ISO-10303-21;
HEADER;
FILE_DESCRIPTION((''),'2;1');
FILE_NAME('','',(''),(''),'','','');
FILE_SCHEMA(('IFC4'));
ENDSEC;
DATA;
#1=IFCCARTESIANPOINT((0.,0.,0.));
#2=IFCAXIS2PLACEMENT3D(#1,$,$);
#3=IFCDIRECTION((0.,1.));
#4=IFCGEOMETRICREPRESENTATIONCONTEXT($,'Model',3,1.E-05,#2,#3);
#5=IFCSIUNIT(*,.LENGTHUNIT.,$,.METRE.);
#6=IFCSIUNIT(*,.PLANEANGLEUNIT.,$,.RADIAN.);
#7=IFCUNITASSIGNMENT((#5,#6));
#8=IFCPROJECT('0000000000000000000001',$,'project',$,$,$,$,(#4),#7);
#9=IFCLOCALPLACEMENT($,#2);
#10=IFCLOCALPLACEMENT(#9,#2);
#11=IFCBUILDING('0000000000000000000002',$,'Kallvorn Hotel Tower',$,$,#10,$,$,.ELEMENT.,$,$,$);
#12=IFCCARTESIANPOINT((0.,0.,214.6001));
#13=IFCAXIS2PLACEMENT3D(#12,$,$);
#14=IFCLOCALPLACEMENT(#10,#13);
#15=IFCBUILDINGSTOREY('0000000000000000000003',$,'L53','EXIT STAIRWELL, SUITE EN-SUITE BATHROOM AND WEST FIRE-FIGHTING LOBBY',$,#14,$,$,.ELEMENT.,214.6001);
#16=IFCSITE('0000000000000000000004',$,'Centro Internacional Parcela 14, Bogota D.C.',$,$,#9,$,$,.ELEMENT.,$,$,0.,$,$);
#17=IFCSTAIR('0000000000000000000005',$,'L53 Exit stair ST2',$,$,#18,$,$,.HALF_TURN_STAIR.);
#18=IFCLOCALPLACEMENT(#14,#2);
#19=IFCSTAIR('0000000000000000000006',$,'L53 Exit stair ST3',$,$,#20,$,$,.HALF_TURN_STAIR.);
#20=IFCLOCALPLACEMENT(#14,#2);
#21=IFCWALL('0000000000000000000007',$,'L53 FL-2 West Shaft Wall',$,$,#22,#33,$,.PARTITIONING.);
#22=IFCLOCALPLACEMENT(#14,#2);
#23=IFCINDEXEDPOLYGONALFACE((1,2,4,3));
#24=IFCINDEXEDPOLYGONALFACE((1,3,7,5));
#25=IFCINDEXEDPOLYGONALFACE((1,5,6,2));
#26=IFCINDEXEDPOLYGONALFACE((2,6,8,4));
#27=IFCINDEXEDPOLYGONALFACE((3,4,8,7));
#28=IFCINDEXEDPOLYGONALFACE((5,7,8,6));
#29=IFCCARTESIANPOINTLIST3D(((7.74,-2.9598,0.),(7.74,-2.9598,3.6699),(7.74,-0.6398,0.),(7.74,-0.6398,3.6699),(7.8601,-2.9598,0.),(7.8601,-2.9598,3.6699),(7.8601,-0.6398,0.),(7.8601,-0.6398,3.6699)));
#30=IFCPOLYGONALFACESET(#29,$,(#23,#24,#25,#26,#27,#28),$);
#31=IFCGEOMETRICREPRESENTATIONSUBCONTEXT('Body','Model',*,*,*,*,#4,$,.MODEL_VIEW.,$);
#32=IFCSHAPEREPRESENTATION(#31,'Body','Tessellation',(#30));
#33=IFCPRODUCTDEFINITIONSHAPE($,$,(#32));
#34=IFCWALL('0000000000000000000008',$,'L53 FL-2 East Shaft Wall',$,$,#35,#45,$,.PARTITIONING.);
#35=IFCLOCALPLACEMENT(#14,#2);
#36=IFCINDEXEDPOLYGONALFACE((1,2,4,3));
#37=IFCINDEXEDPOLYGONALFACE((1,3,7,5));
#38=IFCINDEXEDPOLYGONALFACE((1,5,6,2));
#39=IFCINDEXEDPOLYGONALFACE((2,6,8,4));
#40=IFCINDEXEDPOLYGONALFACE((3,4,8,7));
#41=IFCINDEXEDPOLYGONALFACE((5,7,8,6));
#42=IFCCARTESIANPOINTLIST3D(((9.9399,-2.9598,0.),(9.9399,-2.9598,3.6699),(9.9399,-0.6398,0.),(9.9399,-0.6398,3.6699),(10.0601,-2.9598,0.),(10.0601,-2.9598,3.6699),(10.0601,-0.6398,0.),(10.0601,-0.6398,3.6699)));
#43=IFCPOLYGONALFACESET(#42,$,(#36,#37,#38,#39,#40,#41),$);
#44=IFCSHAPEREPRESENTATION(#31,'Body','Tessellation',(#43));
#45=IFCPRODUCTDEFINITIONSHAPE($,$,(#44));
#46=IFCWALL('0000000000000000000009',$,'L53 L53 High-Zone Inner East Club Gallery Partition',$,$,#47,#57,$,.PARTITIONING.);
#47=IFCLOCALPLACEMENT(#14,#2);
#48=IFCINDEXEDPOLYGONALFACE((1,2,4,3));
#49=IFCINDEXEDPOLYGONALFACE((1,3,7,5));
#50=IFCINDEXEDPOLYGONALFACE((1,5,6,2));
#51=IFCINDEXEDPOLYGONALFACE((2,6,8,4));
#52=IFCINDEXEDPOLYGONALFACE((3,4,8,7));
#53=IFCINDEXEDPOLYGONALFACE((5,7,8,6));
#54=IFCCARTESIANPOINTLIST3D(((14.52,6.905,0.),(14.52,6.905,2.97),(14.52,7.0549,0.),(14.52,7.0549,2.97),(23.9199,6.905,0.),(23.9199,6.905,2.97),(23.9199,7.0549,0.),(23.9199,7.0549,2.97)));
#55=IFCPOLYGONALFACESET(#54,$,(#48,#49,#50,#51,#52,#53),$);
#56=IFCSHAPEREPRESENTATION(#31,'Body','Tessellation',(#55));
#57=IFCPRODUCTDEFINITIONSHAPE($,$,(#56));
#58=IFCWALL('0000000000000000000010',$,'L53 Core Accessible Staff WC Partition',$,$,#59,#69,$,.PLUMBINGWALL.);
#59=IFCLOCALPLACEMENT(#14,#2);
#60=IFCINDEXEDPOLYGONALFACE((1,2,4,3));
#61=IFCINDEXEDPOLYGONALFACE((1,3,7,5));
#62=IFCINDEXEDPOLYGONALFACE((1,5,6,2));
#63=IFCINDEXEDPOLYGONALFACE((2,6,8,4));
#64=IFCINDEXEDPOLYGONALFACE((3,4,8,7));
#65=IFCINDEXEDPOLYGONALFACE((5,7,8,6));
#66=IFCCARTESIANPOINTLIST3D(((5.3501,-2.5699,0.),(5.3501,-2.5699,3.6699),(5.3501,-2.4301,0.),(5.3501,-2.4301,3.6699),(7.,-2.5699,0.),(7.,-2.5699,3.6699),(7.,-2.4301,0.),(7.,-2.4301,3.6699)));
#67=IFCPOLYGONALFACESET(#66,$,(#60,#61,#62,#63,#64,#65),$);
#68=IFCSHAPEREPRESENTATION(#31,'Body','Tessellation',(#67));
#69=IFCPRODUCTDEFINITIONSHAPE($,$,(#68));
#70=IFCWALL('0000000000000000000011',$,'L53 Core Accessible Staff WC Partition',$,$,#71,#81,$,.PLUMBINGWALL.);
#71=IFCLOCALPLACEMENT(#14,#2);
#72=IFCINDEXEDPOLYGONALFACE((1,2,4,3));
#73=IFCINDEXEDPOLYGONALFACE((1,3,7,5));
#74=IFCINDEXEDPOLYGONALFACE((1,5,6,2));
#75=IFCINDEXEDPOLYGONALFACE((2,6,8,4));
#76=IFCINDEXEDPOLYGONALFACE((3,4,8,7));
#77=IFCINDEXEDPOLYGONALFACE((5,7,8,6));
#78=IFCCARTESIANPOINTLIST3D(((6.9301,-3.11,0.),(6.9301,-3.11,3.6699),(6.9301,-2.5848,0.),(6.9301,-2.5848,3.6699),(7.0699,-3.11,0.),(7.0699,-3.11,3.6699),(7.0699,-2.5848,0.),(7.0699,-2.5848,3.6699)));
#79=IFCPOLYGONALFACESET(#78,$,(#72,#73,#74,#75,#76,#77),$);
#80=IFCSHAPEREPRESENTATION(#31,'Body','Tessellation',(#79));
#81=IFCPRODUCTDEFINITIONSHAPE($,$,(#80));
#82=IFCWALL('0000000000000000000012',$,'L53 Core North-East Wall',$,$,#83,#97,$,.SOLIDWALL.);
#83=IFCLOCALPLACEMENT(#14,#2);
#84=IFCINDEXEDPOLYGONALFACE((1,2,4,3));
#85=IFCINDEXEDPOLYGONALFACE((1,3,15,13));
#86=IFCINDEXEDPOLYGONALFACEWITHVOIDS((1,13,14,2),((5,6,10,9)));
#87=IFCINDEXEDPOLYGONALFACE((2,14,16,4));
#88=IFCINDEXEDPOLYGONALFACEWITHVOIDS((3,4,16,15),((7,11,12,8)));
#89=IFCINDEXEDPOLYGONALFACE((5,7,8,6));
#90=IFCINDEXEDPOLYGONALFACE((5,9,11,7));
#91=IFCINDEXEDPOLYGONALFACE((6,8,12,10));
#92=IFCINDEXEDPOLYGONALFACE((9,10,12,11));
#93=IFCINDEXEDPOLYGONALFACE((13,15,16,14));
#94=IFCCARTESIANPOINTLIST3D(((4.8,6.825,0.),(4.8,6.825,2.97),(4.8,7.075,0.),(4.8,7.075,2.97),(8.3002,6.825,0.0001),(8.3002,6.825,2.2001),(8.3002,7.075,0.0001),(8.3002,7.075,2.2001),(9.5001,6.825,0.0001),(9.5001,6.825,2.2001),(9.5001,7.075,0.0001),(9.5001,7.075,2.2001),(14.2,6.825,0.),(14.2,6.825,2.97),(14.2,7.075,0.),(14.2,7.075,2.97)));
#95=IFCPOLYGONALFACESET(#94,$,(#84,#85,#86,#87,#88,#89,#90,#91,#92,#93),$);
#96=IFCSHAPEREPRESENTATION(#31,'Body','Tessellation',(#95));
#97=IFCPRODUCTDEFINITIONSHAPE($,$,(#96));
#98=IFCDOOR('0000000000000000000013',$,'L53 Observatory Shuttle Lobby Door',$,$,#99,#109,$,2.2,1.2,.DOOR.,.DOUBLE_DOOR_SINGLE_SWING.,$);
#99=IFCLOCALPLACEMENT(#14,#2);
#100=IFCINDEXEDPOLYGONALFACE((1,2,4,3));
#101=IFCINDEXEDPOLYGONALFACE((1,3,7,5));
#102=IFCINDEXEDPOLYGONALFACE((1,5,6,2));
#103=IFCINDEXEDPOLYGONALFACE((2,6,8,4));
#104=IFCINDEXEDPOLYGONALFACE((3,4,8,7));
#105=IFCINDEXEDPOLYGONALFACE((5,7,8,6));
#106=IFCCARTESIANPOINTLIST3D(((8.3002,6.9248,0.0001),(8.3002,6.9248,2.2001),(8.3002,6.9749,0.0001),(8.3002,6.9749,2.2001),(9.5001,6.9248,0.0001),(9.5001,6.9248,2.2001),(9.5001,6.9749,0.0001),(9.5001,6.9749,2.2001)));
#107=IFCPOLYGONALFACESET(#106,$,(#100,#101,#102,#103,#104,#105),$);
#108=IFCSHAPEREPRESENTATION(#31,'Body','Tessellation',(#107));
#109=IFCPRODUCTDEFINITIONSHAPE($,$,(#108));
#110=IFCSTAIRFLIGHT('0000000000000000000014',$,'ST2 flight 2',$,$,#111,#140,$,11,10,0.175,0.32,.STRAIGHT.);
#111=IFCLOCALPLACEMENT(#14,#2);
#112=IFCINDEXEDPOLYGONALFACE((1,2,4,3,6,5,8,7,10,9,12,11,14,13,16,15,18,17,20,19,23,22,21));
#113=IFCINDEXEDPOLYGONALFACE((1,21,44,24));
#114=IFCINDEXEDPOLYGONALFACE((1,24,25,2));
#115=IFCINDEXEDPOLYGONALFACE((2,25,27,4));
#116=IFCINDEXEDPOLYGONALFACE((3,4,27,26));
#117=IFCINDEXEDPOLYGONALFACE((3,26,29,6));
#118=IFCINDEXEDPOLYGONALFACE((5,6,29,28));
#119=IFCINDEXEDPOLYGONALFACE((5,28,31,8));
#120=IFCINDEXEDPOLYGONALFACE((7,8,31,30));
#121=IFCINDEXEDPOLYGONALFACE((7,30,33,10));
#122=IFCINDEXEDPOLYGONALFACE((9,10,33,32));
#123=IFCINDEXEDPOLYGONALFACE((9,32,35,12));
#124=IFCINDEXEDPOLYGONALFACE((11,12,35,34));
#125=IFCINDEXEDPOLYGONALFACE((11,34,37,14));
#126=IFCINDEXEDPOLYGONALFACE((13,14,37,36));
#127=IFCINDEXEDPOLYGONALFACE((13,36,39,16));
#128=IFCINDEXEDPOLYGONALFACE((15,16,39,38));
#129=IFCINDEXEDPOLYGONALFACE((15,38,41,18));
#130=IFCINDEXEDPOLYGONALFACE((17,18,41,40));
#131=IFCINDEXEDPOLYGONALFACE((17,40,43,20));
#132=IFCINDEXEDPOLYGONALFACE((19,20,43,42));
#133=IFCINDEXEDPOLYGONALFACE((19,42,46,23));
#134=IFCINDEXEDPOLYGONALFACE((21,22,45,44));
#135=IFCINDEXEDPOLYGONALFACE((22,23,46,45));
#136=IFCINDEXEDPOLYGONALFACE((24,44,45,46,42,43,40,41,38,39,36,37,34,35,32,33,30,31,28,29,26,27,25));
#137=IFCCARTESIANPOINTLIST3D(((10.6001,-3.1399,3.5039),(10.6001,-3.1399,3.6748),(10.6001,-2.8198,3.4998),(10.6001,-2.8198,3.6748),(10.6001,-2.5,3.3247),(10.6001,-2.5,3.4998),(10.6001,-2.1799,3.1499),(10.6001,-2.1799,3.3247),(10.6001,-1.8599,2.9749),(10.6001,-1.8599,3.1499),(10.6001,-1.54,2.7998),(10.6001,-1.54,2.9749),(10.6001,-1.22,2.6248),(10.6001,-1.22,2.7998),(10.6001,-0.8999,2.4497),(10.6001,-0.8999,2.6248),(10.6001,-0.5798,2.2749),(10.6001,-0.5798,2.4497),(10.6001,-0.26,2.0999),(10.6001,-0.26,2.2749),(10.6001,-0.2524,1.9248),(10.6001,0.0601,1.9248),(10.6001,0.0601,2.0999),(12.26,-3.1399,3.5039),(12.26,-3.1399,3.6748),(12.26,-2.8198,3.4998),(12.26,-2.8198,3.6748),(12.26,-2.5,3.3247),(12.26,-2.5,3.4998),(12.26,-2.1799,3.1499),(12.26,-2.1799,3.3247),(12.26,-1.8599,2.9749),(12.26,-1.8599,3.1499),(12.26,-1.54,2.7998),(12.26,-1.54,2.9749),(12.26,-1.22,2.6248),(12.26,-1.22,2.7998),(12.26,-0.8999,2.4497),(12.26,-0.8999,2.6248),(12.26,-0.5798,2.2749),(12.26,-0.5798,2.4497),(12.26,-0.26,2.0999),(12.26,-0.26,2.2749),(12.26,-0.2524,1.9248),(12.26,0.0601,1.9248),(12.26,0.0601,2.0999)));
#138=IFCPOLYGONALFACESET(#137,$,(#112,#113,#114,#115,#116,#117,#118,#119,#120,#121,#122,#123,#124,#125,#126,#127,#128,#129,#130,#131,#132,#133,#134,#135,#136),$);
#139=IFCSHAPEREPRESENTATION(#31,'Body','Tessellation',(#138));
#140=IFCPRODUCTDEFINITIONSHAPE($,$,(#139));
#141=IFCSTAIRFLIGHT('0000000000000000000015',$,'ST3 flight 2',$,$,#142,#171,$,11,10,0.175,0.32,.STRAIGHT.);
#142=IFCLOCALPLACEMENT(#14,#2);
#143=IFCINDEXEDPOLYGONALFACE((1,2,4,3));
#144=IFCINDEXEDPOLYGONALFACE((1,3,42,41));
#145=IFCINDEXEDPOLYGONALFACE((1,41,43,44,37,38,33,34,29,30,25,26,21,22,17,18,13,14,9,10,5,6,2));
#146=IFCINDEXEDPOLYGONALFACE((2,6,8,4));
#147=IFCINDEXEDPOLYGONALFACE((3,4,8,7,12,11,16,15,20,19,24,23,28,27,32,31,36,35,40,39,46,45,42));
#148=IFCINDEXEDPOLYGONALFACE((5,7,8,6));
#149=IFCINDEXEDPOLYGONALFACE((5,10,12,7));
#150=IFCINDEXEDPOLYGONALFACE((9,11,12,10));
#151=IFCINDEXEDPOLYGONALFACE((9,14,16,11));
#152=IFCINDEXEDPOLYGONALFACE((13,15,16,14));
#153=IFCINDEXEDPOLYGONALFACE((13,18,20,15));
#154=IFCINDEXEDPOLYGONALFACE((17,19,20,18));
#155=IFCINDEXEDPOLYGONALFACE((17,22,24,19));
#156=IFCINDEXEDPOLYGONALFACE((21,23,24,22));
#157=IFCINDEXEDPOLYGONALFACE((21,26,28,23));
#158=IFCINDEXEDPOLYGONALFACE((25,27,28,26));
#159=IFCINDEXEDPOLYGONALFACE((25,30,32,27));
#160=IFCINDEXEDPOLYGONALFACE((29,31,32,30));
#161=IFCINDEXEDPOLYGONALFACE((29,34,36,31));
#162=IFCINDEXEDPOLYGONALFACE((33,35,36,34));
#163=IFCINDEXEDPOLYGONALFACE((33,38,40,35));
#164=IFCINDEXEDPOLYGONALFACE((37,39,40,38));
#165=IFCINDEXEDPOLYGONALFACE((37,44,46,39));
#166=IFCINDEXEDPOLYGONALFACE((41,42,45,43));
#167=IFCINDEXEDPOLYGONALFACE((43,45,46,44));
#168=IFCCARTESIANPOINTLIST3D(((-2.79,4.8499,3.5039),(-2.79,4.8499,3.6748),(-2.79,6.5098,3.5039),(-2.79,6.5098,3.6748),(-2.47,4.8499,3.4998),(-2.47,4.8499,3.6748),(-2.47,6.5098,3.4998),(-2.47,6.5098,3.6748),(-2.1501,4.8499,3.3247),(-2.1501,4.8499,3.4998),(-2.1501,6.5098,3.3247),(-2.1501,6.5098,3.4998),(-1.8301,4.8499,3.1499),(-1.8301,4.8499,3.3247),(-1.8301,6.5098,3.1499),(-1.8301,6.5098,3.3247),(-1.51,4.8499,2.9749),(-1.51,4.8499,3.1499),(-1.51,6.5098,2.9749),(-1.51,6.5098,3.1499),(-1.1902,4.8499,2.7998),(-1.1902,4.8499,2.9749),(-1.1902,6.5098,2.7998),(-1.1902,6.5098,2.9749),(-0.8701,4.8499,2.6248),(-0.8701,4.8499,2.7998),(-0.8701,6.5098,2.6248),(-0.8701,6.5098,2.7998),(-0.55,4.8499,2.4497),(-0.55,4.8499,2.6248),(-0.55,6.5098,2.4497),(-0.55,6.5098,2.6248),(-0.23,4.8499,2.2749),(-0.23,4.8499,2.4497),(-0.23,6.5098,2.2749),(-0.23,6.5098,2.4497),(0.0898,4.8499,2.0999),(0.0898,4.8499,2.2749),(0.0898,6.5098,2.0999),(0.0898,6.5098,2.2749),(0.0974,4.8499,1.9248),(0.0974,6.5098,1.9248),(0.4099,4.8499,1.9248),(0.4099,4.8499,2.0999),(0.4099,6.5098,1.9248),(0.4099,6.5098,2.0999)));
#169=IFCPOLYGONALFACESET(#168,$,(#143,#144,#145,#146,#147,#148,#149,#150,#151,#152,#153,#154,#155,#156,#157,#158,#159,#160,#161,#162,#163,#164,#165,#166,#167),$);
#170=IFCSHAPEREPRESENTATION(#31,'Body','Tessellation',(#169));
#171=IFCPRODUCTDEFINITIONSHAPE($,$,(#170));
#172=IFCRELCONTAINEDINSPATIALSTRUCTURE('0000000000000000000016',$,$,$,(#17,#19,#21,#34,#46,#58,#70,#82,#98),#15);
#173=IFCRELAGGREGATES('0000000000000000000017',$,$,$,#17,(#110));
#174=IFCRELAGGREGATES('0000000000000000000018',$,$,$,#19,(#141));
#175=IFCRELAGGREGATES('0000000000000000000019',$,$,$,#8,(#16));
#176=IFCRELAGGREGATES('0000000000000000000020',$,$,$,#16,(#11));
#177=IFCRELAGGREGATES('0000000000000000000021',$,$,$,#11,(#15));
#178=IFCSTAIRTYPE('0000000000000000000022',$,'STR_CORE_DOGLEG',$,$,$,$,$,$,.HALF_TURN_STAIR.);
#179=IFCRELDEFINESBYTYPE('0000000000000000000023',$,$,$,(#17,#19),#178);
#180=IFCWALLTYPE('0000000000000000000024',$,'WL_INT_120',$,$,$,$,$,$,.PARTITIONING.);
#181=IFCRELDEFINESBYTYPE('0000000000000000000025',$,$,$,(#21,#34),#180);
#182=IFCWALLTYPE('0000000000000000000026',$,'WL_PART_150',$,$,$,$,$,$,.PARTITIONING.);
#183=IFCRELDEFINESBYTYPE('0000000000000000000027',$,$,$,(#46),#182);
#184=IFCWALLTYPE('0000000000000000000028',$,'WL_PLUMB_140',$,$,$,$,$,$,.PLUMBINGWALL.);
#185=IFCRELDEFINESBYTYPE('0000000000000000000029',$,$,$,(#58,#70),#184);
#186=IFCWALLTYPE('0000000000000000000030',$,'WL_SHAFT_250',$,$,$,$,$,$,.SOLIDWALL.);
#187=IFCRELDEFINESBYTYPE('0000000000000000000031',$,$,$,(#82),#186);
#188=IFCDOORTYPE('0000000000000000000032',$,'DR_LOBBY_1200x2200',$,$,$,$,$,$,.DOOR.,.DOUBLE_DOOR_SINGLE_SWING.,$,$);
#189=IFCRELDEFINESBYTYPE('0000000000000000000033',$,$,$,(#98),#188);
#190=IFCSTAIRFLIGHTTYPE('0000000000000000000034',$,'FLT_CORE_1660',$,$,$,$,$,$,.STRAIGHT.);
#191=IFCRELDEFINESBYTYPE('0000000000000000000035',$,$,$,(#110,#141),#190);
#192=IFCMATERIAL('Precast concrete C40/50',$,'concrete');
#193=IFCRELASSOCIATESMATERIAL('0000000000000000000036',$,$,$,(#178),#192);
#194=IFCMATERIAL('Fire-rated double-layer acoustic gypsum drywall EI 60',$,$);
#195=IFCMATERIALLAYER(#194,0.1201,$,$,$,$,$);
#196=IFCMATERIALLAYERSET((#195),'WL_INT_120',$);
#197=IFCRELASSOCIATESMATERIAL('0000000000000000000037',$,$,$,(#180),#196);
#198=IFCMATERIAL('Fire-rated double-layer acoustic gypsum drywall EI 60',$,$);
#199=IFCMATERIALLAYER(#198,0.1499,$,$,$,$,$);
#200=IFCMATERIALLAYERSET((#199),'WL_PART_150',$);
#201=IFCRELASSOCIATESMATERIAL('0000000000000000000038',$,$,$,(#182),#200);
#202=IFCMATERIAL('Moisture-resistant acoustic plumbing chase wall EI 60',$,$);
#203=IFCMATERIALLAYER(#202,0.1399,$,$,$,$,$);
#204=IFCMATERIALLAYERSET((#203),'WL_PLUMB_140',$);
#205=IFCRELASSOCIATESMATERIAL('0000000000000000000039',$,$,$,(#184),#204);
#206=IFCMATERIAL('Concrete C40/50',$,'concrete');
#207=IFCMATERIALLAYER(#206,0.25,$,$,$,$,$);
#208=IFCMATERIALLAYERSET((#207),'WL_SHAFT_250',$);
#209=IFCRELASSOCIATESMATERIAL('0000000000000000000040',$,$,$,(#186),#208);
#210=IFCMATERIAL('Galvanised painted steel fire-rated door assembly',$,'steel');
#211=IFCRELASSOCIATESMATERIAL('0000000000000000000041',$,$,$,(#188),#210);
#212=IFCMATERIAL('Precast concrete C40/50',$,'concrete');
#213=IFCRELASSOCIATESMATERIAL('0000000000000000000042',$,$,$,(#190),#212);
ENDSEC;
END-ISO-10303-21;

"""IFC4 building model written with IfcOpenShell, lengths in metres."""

from ifc_helpers import new_model, si_unit, direction, frame, frame_2d, origin, place, context, subcontext, project, spatial, polyline, rectangle, outline, extrude, material, layer, layer_set, type_object, element, fill, aggregate, save


model = new_model("IFC4")

# Units and contexts
model_context = context("Model", 3, precision=1e-05, world=origin(), true_north=direction((0.0, 1.0)))
body_context = subcontext(model_context, "Body", "Model", "MODEL_VIEW")
ifc_project = project(units=[si_unit("LENGTHUNIT", "METRE"), si_unit("PLANEANGLEUNIT", "RADIAN")], contexts=[model_context])

# Site, building, storey
site_placement = place(None, origin())
site = spatial("IfcSite", under=ifc_project, at=site_placement, Name="Centro Internacional Parcela 14, Bogota D.C.", CompositionType="ELEMENT", RefElevation=0.0)
building_placement = place(site_placement, origin())
building = spatial("IfcBuilding", under=site, at=building_placement, Name="Kallvorn Hotel Tower", CompositionType="ELEMENT")
storey_placement = place(building_placement, frame((0.0, 0.0, 214.6001)))
storey = spatial("IfcBuildingStorey", under=building, at=storey_placement, Name="L53", Description="EXIT STAIRWELL, SUITE EN-SUITE BATHROOM AND WEST FIRE-FIGHTING LOBBY", CompositionType="ELEMENT", Elevation=214.6001)

# Stairs
ifc_material_1 = material(Name="Precast concrete C40/50", Category="concrete")
stair_type = type_object("IfcStairType", Name="STR_CORE_DOGLEG", PredefinedType="HALF_TURN_STAIR", material=ifc_material_1)
stair_1_placement = place(storey_placement, origin())
stair_1 = element("IfcStair", 1, at=stair_1_placement, inside=storey, type_object=stair_type, Name="L53 Exit stair ST2", PredefinedType="HALF_TURN_STAIR")
stair_2_placement = place(storey_placement, origin())
stair_2 = element("IfcStair", 2, at=stair_2_placement, inside=storey, type_object=stair_type, Name="L53 Exit stair ST3", PredefinedType="HALF_TURN_STAIR")

# Walls
ifc_material_2 = material(Name="Fire-rated double-layer acoustic gypsum drywall EI 60")
ifc_layer_1 = layer(ifc_material_2, 0.1201)
ifc_layer_set_1 = layer_set([ifc_layer_1], Name="WL_INT_120")
wall_type_1 = type_object("IfcWallType", Name="WL_INT_120", PredefinedType="PARTITIONING", material=ifc_layer_set_1)
for number, where, z_axis, x_axis, name in (
    (3, (7.8, -2.96, 0.0), (0.0, 0.0, 1.0), (0.0, 1.0, 0.0), "L53 FL-2 West Shaft Wall"),
    (4, (10.0, -2.96, 0.0), (0.0, 0.0, 1.0), (0.0, 1.0, 0.0), "L53 FL-2 East Shaft Wall"),
):
    element("IfcWall", number, at=place(storey_placement, frame(where, z_axis=z_axis, x_axis=x_axis)), inside=storey, type_object=wall_type_1, Name=name, PredefinedType="PARTITIONING", context=body_context, shape_type="SweptSolid", body=[
        extrude(rectangle(XDim=2.3201, YDim=0.1201, at=frame_2d((1.1602, 0.0))), origin(), (0.0, 0.0, 1.0), 3.6699),
    ])
ifc_material_3 = material(Name="Fire-rated double-layer acoustic gypsum drywall EI 60")
ifc_layer_2 = layer(ifc_material_3, 0.1499)
ifc_layer_set_2 = layer_set([ifc_layer_2], Name="WL_PART_150")
wall_type_2 = type_object("IfcWallType", Name="WL_PART_150", PredefinedType="PARTITIONING", material=ifc_layer_set_2)
wall_1_placement = place(storey_placement, frame((14.52, 6.98, 0.0), z_axis=(0.0, 0.0, 1.0), x_axis=(1.0, 0.0, 0.0)))
element("IfcWall", 5, at=wall_1_placement, inside=storey, type_object=wall_type_2, Name="L53 L53 High-Zone Inner East Club Gallery Partition", PredefinedType="PARTITIONING", context=body_context, shape_type="SweptSolid", body=[
    extrude(rectangle(XDim=9.3999, YDim=0.1499, at=frame_2d((4.7, 0.0))), origin(), (0.0, 0.0, 1.0), 2.97),
])
ifc_material_4 = material(Name="Moisture-resistant acoustic plumbing chase wall EI 60")
ifc_layer_3 = layer(ifc_material_4, 0.1399)
ifc_layer_set_3 = layer_set([ifc_layer_3], Name="WL_PLUMB_140")
wall_type_3 = type_object("IfcWallType", Name="WL_PLUMB_140", PredefinedType="PLUMBINGWALL", material=ifc_layer_set_3)
wall_2_placement = place(storey_placement, frame((5.3501, -2.5, 0.0), z_axis=(0.0, 0.0, 1.0), x_axis=(1.0, 0.0, 0.0)))
element("IfcWall", 6, at=wall_2_placement, inside=storey, type_object=wall_type_3, Name="L53 Core Accessible Staff WC Partition", PredefinedType="PLUMBINGWALL", context=body_context, shape_type="SweptSolid", body=[
    extrude(rectangle(XDim=1.6499, YDim=0.1399, at=frame_2d((0.825, 0.0))), origin(), (0.0, 0.0, 1.0), 3.6699),
])
wall_3_placement = place(storey_placement, frame((7.0, -3.1101, 0.0), z_axis=(0.0, 0.0, 1.0), x_axis=(0.0, 1.0, 0.0)))
element("IfcWall", 7, at=wall_3_placement, inside=storey, type_object=wall_type_3, Name="L53 Core Accessible Staff WC Partition", PredefinedType="PLUMBINGWALL", context=body_context, shape_type="SweptSolid", body=[
    extrude(rectangle(XDim=0.5251, YDim=0.1399, at=frame_2d((0.2627, 0.0))), origin(), (0.0, 0.0, 1.0), 3.6699),
])

# Wall, opening, door
ifc_material_5 = material(Name="Concrete C40/50", Category="concrete")
ifc_layer_4 = layer(ifc_material_5, 0.25)
ifc_layer_set_4 = layer_set([ifc_layer_4], Name="WL_SHAFT_250")
wall_type_4 = type_object("IfcWallType", Name="WL_SHAFT_250", PredefinedType="SOLIDWALL", material=ifc_layer_set_4)
wall_4_placement = place(storey_placement, frame((4.8, 6.95, 0.0), z_axis=(0.0, 0.0, 1.0), x_axis=(1.0, 0.0, 0.0)))
wall_4 = element("IfcWall", 8, at=wall_4_placement, inside=storey, type_object=wall_type_4, Name="L53 Core North-East Wall", PredefinedType="SOLIDWALL", context=body_context, shape_type="SweptSolid", body=[
    extrude(rectangle(XDim=9.3999, YDim=0.25, at=frame_2d((4.7, 0.0))), origin(), (0.0, 0.0, 1.0), 2.97),
])
opening_1_placement = place(wall_4_placement, frame((3.5, 0.0, 0.0)))
opening_1 = element("IfcOpeningElement", 9, at=opening_1_placement, cuts=wall_4, PredefinedType="OPENING", context=body_context, shape_type="SweptSolid", body=[
    extrude(rectangle(XDim=1.2, YDim=2.2, at=frame_2d((0.6001, 1.1001))), frame((0.0, 0.1399, 0.0), z_axis=(0.0, -1.0, 0.0), x_axis=(1.0, 0.0, 0.0)), (0.0, 0.0, 1.0), 0.28),
])
ifc_material_6 = material(Name="Galvanised painted steel fire-rated door assembly", Category="steel")
door_type_1 = type_object("IfcDoorType", Name="DR_LOBBY_1200x2200", OperationType="DOUBLE_DOOR_SINGLE_SWING", PredefinedType="DOOR", material=ifc_material_6)
door_1_placement = place(opening_1_placement, origin())
door_1 = element("IfcDoor", 10, at=door_1_placement, inside=storey, type_object=door_type_1, Name="L53 Observatory Shuttle Lobby Door", OperationType="DOUBLE_DOOR_SINGLE_SWING", OverallHeight=2.2, OverallWidth=1.2, PredefinedType="DOOR", context=body_context, shape_type="SweptSolid", body=[
    extrude(rectangle(XDim=1.2, YDim=2.2, at=frame_2d((0.6001, 1.1001))), frame((0.0, 0.0249, 0.0), z_axis=(0.0, -1.0, 0.0), x_axis=(1.0, 0.0, 0.0)), (0.0, 0.0, 1.0), 0.05),
])
fill(opening_1, door_1)

# Stair flights
ifc_material_7 = material(Name="Precast concrete C40/50", Category="concrete")
stair_flight_type = type_object("IfcStairFlightType", Name="FLT_CORE_1660", PredefinedType="STRAIGHT", material=ifc_material_7)
stair_flight_1_placement = place(storey_placement, frame((11.4299, 0.0601, 1.9248), z_axis=(0.0, 0.0, 1.0), x_axis=(0.0, -1.0, 0.0)))
stair_flight_1 = element("IfcStairFlight", 11, at=stair_flight_1_placement, type_object=stair_flight_type, Name="ST2 flight 2", NumberOfRisers=11, NumberOfTreads=10, PredefinedType="STRAIGHT", RiserHeight=0.175, TreadLength=0.32, context=body_context, shape_type="SweptSolid", body=[
    extrude(outline(polyline([(0.0, 0.0), (0.0, 0.175), (0.3201, 0.175), (0.3201, 0.3501), (0.6399, 0.3501), (0.6399, 0.5249), (0.96, 0.5249), (0.96, 0.7), (1.28, 0.7), (1.28, 0.875), (1.6001, 0.875), (1.6001, 1.05), (1.9199, 1.05), (1.9199, 1.2251), (2.24, 1.2251), (2.24, 1.3999), (2.5601, 1.3999), (2.5601, 1.575), (2.8799, 1.575), (2.8799, 1.75), (3.2, 1.75), (3.2, 1.925), (3.2, 1.5791), (0.3125, 0.0), (0.0, 0.0)])), frame((0.0, 0.8301, 0.0), z_axis=(0.0, -1.0, 0.0), x_axis=(1.0, 0.0, 0.0)), (0.0, 0.0, 1.0), 1.6599),
])
aggregate(stair_1, [stair_flight_1])
stair_flight_2_placement = place(storey_placement, frame((0.4099, 5.6799, 1.9248), z_axis=(0.0, 0.0, 1.0), x_axis=(-1.0, 0.0, 0.0)))
stair_flight_2 = element("IfcStairFlight", 12, at=stair_flight_2_placement, type_object=stair_flight_type, Name="ST3 flight 2", NumberOfRisers=11, NumberOfTreads=10, PredefinedType="STRAIGHT", RiserHeight=0.175, TreadLength=0.32, context=body_context, shape_type="SweptSolid", body=[
    extrude(outline(polyline([(0.0, 0.0), (0.0, 0.175), (0.3201, 0.175), (0.3201, 0.3501), (0.6399, 0.3501), (0.6399, 0.5249), (0.96, 0.5249), (0.96, 0.7), (1.28, 0.7), (1.28, 0.875), (1.6001, 0.875), (1.6001, 1.05), (1.9199, 1.05), (1.9199, 1.2251), (2.24, 1.2251), (2.24, 1.3999), (2.5601, 1.3999), (2.5601, 1.575), (2.8799, 1.575), (2.8799, 1.75), (3.2, 1.75), (3.2, 1.925), (3.2, 1.5791), (0.3125, 0.0), (0.0, 0.0)])), frame((0.0, 0.8301, 0.0), z_axis=(0.0, -1.0, 0.0), x_axis=(1.0, 0.0, 0.0)), (0.0, 0.0, 1.0), 1.6599),
])
aggregate(stair_2, [stair_flight_2])

save(model, "model.ifc")
